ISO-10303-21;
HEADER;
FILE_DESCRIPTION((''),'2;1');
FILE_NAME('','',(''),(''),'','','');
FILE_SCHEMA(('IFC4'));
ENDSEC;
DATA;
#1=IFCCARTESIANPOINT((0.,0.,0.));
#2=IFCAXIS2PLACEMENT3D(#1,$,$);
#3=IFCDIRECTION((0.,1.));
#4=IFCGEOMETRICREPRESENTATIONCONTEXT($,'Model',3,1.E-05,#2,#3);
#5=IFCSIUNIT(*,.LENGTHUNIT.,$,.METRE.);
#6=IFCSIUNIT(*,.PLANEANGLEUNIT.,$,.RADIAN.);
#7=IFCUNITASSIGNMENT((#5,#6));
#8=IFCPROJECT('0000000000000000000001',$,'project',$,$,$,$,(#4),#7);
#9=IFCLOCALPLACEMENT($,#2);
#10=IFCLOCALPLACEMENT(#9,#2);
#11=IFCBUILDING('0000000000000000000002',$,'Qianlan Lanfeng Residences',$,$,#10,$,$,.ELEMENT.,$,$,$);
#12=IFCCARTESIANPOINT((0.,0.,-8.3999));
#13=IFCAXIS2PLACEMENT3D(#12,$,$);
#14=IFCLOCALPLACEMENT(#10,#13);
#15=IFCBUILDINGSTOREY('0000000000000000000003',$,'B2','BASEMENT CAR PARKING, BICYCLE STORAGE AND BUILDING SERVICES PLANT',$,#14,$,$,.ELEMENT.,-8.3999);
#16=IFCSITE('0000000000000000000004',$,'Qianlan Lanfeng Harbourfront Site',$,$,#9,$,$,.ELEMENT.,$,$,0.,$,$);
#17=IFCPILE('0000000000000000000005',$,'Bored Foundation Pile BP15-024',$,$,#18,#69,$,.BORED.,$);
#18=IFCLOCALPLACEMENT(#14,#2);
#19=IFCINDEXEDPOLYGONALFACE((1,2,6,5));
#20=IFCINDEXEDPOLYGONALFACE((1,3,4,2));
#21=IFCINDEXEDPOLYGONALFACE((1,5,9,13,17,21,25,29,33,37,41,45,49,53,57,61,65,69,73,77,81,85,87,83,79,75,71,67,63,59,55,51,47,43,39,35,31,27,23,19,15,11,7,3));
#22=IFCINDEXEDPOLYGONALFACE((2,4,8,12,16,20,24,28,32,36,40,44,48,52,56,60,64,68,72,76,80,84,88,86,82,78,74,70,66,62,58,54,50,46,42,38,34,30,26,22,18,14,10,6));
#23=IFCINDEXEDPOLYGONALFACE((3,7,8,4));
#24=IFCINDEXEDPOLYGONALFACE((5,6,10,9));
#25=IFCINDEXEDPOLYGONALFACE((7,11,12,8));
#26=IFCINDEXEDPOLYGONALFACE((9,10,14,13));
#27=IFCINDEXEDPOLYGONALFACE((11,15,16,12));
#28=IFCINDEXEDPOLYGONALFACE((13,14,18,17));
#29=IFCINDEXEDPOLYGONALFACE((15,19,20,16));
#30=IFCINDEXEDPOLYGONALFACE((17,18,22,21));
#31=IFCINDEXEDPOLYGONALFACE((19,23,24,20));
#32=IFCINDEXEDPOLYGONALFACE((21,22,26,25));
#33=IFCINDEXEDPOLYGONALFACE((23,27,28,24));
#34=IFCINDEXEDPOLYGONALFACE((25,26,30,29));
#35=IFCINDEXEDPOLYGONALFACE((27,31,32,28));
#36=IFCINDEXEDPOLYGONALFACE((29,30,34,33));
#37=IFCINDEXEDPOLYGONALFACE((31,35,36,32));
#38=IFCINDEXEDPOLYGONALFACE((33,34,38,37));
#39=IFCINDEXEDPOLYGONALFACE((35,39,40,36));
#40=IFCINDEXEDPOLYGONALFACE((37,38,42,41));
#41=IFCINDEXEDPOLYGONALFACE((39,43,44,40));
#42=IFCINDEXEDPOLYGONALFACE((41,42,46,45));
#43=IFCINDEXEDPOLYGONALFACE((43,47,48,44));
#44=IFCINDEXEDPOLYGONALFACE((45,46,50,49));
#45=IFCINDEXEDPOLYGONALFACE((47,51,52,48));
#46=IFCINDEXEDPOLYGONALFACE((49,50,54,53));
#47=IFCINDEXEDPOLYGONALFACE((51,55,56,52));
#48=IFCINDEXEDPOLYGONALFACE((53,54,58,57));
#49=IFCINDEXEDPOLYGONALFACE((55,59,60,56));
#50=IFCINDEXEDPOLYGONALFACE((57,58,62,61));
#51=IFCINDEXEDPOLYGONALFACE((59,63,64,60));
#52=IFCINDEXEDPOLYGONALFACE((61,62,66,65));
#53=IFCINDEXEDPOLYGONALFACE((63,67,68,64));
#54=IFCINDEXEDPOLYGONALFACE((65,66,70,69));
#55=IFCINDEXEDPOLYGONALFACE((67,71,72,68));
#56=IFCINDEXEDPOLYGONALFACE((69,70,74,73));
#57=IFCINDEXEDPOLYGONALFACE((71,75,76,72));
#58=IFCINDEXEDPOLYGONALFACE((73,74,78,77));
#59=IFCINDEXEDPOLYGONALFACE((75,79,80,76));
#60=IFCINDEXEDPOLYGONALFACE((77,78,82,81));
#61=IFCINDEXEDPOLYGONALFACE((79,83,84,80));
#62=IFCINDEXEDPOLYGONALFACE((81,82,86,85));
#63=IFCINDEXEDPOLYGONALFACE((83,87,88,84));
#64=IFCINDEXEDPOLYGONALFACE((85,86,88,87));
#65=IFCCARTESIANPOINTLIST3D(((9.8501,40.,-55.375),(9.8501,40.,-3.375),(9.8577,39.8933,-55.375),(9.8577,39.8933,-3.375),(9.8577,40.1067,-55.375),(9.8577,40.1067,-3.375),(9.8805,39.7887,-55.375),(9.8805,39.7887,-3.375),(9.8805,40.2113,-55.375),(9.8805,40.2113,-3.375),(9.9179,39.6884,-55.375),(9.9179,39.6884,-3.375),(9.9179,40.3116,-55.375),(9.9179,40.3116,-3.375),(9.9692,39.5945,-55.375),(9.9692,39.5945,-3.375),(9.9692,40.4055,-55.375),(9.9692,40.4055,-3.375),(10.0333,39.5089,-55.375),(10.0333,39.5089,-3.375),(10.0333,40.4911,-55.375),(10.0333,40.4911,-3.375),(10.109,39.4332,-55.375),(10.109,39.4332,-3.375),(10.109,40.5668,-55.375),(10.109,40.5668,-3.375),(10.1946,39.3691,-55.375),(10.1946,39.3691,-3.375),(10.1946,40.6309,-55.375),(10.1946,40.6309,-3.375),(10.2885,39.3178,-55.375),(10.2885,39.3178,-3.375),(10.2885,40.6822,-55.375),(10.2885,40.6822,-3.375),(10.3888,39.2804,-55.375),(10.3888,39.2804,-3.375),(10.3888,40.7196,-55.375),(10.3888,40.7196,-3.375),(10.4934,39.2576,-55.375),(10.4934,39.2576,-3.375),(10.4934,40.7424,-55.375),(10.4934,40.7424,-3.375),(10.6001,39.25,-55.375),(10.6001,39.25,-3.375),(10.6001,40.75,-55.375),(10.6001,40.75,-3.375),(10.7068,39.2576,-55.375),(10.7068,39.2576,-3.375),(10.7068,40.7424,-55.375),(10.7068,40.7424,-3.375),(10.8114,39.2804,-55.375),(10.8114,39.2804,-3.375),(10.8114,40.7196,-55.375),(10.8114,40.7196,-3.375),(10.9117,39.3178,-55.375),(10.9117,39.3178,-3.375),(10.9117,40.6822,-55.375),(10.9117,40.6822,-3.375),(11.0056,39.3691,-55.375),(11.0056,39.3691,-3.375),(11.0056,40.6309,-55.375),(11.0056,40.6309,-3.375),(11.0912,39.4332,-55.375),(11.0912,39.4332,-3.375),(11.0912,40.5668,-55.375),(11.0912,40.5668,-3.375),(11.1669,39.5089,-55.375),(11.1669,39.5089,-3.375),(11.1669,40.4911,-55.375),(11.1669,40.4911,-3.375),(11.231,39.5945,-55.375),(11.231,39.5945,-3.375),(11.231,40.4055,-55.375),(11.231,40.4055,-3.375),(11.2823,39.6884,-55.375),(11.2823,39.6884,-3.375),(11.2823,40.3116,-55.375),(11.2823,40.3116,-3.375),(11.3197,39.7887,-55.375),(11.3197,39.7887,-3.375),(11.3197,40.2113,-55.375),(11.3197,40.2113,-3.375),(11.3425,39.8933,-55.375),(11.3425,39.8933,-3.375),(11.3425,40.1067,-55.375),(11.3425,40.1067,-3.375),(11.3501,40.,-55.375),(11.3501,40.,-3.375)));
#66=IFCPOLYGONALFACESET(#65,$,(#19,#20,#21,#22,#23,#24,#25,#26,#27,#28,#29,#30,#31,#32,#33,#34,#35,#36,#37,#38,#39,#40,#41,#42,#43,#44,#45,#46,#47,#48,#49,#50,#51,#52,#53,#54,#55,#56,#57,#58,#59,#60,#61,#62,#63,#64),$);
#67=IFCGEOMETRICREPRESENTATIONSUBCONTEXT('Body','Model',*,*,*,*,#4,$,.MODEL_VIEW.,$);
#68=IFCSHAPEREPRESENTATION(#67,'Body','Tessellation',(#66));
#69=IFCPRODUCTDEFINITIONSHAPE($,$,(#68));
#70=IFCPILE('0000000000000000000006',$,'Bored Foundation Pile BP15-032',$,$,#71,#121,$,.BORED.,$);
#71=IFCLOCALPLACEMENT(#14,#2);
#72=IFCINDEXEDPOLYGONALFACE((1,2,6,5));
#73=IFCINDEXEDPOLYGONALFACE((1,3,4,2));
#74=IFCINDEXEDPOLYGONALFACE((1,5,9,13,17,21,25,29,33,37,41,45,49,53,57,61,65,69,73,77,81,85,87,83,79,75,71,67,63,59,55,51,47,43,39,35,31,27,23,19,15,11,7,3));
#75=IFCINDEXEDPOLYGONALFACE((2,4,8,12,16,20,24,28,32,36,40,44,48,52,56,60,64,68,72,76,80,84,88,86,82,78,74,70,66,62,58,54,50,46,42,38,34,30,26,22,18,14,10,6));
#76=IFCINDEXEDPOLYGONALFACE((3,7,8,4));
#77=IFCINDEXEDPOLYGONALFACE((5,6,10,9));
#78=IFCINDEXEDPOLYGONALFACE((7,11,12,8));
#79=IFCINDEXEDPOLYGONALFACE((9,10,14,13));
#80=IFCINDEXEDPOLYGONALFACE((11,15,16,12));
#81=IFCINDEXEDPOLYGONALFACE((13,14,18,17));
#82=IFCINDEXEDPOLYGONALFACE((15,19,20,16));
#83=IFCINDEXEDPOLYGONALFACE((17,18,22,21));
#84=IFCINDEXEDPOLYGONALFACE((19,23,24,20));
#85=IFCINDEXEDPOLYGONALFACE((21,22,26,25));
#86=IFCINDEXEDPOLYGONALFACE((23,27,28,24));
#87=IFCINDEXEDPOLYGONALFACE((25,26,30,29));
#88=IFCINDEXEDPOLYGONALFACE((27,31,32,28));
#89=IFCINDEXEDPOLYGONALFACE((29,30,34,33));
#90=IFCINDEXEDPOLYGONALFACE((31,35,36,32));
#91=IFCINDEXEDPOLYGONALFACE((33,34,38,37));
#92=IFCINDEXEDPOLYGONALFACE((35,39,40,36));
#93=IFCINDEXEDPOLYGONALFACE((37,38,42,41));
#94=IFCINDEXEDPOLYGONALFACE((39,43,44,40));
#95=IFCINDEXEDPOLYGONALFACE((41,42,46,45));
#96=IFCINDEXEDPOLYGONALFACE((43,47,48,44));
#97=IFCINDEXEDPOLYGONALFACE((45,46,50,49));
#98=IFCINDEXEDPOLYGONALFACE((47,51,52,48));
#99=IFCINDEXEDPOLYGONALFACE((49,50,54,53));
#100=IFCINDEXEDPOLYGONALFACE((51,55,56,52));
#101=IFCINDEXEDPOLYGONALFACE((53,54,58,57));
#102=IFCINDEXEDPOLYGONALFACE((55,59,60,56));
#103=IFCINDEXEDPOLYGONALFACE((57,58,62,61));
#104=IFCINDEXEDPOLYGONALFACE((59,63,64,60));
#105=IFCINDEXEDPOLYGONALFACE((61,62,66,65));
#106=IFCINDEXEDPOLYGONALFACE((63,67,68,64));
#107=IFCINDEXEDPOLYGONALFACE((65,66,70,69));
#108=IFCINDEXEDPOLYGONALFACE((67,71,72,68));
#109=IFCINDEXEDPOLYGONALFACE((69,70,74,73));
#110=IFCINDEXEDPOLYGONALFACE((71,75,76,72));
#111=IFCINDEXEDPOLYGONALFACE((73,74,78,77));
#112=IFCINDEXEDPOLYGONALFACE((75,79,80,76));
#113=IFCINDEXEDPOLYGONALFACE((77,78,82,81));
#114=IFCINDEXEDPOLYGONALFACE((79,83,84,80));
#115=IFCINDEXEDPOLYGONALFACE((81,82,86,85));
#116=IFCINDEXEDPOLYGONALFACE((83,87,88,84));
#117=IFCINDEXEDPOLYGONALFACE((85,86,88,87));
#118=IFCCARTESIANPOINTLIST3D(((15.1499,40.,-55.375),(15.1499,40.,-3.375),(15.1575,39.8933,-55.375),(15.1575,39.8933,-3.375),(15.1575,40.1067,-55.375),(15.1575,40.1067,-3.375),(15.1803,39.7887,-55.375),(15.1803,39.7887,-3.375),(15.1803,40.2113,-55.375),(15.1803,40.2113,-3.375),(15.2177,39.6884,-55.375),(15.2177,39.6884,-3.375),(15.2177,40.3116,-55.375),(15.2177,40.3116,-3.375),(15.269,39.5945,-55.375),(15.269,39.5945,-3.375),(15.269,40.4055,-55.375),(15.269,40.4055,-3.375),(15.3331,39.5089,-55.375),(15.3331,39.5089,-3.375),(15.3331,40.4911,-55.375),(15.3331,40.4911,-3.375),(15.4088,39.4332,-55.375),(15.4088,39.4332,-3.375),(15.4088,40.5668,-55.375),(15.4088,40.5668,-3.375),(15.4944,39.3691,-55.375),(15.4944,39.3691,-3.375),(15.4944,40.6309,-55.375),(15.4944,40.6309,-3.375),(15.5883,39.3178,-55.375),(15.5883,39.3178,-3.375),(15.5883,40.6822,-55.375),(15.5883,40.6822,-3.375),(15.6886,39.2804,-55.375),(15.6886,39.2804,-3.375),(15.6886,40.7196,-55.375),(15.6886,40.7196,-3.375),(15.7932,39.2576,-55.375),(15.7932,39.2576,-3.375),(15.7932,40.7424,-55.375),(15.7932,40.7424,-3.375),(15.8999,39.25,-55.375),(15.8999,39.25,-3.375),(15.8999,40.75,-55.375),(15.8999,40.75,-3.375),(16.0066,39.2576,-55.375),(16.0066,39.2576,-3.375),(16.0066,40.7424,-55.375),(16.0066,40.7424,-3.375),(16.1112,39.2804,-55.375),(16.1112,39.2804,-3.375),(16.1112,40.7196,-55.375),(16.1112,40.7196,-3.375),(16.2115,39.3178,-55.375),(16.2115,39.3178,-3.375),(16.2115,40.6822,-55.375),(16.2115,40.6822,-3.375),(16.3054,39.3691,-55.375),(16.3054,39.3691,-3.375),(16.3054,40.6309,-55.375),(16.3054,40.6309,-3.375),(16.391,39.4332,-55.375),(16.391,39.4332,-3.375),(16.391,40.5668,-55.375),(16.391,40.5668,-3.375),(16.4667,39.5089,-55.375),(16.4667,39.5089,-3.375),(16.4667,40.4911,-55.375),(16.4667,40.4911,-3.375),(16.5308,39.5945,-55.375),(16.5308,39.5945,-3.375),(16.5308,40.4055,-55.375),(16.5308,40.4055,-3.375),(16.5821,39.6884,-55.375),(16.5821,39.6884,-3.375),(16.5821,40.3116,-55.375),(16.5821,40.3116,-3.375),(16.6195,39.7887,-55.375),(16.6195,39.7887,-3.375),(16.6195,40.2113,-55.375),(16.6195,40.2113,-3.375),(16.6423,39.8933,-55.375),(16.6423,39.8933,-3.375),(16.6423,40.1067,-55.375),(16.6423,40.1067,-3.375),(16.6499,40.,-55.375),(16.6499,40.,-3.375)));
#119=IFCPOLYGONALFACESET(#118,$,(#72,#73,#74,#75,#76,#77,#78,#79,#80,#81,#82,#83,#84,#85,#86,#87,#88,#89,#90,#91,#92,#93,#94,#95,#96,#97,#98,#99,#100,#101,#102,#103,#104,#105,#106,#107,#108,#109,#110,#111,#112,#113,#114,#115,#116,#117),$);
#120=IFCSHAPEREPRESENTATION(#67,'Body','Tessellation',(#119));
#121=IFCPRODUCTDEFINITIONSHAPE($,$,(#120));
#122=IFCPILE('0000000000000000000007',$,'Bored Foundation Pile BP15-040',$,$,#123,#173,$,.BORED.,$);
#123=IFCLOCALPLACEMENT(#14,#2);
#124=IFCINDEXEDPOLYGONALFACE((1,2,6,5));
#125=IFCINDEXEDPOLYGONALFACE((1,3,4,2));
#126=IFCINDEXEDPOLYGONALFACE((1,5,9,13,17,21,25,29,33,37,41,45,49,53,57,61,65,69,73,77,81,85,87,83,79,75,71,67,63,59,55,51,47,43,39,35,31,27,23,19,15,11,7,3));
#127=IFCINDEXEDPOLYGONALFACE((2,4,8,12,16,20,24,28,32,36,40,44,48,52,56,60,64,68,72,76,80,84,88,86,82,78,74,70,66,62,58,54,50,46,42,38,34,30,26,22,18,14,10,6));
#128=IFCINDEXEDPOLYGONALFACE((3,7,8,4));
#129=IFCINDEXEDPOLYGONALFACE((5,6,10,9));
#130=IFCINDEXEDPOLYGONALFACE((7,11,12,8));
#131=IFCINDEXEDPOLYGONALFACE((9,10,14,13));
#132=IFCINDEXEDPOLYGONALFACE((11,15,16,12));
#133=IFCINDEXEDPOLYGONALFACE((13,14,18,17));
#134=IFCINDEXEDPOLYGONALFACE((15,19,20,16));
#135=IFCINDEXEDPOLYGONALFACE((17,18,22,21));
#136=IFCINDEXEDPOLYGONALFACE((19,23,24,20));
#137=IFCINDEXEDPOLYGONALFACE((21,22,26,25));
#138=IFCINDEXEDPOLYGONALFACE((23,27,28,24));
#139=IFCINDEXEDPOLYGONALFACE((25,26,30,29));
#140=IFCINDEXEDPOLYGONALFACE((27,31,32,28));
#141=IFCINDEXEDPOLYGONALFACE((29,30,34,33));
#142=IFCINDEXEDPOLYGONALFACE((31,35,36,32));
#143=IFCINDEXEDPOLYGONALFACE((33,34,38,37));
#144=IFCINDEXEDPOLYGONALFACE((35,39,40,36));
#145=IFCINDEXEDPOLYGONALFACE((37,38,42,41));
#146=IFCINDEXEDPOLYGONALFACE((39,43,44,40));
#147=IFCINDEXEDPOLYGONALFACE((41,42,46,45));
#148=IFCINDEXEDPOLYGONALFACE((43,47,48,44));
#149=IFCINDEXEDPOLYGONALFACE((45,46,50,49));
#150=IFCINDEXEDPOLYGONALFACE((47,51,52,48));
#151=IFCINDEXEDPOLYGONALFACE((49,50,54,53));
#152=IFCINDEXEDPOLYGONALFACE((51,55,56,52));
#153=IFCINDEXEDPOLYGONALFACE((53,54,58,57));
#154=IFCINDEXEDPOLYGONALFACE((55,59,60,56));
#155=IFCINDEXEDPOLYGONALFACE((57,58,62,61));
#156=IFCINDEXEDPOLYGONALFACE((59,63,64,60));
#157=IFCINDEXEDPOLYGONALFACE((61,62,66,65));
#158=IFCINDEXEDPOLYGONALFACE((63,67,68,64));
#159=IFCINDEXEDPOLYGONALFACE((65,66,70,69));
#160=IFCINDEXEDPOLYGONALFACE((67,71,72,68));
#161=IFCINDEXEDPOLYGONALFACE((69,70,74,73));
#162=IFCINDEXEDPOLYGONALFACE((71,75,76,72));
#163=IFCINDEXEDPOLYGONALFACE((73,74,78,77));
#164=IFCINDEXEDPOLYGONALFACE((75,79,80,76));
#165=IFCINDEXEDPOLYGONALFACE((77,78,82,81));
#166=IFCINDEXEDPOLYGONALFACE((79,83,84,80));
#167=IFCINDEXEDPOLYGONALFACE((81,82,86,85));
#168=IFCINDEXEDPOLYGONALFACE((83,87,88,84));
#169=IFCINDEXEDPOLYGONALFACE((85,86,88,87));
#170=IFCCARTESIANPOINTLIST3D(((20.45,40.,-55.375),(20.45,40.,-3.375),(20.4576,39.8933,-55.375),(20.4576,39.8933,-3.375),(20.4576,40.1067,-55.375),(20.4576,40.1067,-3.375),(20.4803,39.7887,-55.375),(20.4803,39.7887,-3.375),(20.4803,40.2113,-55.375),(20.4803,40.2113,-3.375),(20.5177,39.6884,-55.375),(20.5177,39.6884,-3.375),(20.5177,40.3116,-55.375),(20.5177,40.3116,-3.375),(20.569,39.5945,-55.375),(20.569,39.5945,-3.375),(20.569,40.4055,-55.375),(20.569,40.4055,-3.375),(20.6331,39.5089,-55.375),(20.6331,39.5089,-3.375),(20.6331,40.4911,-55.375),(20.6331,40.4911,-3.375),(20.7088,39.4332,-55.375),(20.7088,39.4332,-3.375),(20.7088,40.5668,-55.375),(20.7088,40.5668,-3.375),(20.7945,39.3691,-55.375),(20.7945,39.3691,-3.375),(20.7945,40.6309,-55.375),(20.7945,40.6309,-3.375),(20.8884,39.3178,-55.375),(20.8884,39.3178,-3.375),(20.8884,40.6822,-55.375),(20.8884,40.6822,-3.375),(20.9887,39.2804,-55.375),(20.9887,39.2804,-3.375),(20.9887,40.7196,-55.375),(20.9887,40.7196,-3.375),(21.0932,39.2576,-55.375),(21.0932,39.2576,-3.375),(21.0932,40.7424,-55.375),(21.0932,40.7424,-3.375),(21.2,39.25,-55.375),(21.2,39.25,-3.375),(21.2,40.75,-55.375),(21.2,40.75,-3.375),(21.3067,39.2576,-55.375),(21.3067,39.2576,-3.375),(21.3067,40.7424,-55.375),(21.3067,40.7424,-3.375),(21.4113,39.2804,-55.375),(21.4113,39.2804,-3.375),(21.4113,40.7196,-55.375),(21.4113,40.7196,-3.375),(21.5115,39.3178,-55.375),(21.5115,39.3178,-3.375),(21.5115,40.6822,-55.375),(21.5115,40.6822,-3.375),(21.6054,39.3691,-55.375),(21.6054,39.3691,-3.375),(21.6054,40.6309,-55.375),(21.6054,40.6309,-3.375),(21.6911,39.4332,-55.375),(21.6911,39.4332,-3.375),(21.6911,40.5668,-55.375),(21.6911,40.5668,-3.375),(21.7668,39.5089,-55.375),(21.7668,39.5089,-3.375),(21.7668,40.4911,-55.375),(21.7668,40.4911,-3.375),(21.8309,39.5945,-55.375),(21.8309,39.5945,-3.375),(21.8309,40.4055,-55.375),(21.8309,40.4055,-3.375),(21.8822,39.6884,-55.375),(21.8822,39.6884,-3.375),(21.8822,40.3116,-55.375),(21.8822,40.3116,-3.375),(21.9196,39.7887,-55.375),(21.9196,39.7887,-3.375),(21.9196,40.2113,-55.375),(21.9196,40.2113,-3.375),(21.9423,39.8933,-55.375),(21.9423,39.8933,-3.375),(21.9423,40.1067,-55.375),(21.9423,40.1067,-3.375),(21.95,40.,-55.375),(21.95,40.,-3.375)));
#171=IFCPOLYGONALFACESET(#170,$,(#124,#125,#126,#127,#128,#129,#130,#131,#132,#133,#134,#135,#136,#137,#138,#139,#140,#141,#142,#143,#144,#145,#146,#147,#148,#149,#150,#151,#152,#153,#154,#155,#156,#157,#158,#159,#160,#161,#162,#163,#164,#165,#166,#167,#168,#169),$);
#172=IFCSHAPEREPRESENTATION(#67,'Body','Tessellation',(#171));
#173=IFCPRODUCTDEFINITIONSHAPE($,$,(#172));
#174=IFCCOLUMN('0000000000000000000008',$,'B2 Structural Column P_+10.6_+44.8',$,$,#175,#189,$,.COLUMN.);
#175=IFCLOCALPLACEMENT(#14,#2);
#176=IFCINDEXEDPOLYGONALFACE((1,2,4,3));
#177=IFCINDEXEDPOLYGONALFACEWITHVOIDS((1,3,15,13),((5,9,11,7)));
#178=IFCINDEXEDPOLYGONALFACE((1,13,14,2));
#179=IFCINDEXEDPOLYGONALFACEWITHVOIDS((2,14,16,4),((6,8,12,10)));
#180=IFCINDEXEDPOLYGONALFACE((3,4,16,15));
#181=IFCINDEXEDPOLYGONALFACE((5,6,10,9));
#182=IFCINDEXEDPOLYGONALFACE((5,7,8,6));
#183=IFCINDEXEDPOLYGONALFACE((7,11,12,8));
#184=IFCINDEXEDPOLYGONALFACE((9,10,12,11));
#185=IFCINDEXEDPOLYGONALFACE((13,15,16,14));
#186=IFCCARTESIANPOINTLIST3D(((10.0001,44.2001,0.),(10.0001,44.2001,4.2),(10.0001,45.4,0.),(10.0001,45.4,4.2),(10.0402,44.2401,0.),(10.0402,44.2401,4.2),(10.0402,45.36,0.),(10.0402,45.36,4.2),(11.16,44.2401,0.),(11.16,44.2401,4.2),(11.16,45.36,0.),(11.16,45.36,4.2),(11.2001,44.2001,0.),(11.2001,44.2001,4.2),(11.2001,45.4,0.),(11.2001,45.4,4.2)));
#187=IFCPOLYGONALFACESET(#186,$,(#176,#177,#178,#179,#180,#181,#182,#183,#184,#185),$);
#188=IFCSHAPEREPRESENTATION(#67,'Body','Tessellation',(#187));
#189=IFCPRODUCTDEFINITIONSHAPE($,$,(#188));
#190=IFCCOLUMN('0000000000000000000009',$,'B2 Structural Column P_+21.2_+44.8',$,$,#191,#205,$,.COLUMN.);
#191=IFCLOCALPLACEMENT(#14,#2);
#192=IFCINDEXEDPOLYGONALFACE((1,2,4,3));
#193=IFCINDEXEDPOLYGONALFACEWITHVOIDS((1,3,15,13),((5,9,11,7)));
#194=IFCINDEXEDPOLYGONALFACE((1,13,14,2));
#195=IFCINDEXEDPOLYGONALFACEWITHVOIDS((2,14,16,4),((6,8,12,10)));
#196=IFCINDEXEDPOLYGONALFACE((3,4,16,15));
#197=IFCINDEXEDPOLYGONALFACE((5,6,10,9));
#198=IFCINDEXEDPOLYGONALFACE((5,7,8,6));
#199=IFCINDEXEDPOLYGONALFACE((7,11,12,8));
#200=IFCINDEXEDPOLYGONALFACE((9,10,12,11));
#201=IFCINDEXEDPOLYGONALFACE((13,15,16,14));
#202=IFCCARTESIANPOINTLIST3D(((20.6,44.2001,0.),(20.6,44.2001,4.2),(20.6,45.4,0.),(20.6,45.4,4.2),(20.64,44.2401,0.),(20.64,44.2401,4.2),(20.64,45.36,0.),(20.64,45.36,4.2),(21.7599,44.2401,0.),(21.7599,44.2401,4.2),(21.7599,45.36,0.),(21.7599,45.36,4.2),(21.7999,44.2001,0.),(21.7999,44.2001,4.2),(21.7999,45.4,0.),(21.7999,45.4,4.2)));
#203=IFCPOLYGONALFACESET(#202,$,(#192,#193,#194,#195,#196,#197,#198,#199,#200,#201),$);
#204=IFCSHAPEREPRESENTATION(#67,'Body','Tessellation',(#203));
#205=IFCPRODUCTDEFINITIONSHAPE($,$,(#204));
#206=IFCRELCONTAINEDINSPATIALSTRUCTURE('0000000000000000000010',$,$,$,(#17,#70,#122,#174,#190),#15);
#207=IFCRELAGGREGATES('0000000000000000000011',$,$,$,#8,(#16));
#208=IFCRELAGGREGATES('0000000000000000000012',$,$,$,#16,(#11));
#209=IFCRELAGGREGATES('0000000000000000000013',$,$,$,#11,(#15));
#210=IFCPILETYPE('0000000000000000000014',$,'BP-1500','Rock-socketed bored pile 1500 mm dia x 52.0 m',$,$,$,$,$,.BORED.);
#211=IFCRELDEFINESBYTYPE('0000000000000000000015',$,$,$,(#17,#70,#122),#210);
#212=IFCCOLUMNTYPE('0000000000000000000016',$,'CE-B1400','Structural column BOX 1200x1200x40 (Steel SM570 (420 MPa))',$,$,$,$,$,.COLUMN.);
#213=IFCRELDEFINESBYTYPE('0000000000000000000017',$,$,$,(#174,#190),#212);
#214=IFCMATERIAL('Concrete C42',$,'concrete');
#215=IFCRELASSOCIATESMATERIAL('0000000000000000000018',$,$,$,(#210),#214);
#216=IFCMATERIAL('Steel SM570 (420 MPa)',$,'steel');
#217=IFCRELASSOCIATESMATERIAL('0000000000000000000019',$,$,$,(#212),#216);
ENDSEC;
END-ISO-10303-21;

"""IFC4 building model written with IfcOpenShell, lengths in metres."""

from ifc_helpers import new_model, si_unit, direction, frame, origin, origin_2d, place, context, subcontext, project, spatial, hollow_rectangle, circle, extrude, material, material_profile, profile_set, type_object, element, save


model = new_model("IFC4")

# Units and contexts
model_context = context("Model", 3, precision=1e-05, world=origin(), true_north=direction((0.0, 1.0)))
body_context = subcontext(model_context, "Body", "Model", "MODEL_VIEW")
ifc_project = project(units=[si_unit("LENGTHUNIT", "METRE"), si_unit("PLANEANGLEUNIT", "RADIAN")], contexts=[model_context])

# Site, building, storey
site_placement = place(None, origin())
site = spatial("IfcSite", under=ifc_project, at=site_placement, Name="Qianlan Lanfeng Harbourfront Site", CompositionType="ELEMENT", RefElevation=0.0)
building_placement = place(site_placement, origin())
building = spatial("IfcBuilding", under=site, at=building_placement, Name="Qianlan Lanfeng Residences", CompositionType="ELEMENT")
storey_placement = place(building_placement, frame((0.0, 0.0, -8.3999)))
storey = spatial("IfcBuildingStorey", under=building, at=storey_placement, Name="B2", Description="BASEMENT CAR PARKING, BICYCLE STORAGE AND BUILDING SERVICES PLANT", CompositionType="ELEMENT", Elevation=-8.3999)

# Piles
ifc_material_1 = material(Name="Concrete C42", Category="concrete")
ifc_material_profile_1 = material_profile(ifc_material_1, circle(Radius=0.75, at=origin_2d()), Name="PILE D1500")
ifc_profile_set_1 = profile_set([ifc_material_profile_1], Name="Concrete C42")
pile_type_1 = type_object("IfcPileType", Name="BP-1500", Description="Rock-socketed bored pile 1500 mm dia x 52.0 m", PredefinedType="BORED", material=ifc_profile_set_1)
for number, where, z_axis, x_axis, name in (
    (1, (10.6001, 40.0, -3.375), (0.0, 0.0, -1.0), (1.0, 0.0, 0.0), "Bored Foundation Pile BP15-024"),
    (2, (15.8999, 40.0, -3.375), (0.0, 0.0, -1.0), (1.0, 0.0, 0.0), "Bored Foundation Pile BP15-032"),
    (3, (21.2, 40.0, -3.375), (0.0, 0.0, -1.0), (1.0, 0.0, 0.0), "Bored Foundation Pile BP15-040"),
):
    element("IfcPile", number, at=place(storey_placement, frame(where, z_axis=z_axis, x_axis=x_axis)), inside=storey, type_object=pile_type_1, Name=name, PredefinedType="BORED", context=body_context, shape_type="SweptSolid", body=[
        extrude(circle(Radius=0.75, at=origin_2d()), origin(), (0.0, 0.0, 1.0), 52.0),
    ])

# Columns
ifc_material_2 = material(Name="Steel SM570 (420 MPa)", Category="steel")
ifc_material_profile_2 = material_profile(ifc_material_2, hollow_rectangle(XDim=1.2, YDim=1.2, WallThickness=0.04, at=origin_2d()), Name="BOX 1200x1200x40")
ifc_profile_set_2 = profile_set([ifc_material_profile_2], Name="Steel SM570 (420 MPa)")
column_type = type_object("IfcColumnType", Name="CE-B1400", Description="Structural column BOX 1200x1200x40 (Steel SM570 (420 MPa))", PredefinedType="COLUMN", material=ifc_profile_set_2)
for number, where, z_axis, x_axis, name in (
    (4, (10.6001, 44.8, 0.0), (0.0, 0.0, 1.0), (1.0, 0.0, 0.0), "B2 Structural Column P_+10.6_+44.8"),
    (5, (21.2, 44.8, 0.0), (0.0, 0.0, 1.0), (1.0, 0.0, 0.0), "B2 Structural Column P_+21.2_+44.8"),
):
    element("IfcColumn", number, at=place(storey_placement, frame(where, z_axis=z_axis, x_axis=x_axis)), inside=storey, type_object=column_type, Name=name, PredefinedType="COLUMN", context=body_context, shape_type="SweptSolid", body=[
        extrude(hollow_rectangle(XDim=1.2, YDim=1.2, WallThickness=0.04, at=origin_2d()), origin(), (0.0, 0.0, 1.0), 4.2),
    ])

save(model, "model.ifc")
